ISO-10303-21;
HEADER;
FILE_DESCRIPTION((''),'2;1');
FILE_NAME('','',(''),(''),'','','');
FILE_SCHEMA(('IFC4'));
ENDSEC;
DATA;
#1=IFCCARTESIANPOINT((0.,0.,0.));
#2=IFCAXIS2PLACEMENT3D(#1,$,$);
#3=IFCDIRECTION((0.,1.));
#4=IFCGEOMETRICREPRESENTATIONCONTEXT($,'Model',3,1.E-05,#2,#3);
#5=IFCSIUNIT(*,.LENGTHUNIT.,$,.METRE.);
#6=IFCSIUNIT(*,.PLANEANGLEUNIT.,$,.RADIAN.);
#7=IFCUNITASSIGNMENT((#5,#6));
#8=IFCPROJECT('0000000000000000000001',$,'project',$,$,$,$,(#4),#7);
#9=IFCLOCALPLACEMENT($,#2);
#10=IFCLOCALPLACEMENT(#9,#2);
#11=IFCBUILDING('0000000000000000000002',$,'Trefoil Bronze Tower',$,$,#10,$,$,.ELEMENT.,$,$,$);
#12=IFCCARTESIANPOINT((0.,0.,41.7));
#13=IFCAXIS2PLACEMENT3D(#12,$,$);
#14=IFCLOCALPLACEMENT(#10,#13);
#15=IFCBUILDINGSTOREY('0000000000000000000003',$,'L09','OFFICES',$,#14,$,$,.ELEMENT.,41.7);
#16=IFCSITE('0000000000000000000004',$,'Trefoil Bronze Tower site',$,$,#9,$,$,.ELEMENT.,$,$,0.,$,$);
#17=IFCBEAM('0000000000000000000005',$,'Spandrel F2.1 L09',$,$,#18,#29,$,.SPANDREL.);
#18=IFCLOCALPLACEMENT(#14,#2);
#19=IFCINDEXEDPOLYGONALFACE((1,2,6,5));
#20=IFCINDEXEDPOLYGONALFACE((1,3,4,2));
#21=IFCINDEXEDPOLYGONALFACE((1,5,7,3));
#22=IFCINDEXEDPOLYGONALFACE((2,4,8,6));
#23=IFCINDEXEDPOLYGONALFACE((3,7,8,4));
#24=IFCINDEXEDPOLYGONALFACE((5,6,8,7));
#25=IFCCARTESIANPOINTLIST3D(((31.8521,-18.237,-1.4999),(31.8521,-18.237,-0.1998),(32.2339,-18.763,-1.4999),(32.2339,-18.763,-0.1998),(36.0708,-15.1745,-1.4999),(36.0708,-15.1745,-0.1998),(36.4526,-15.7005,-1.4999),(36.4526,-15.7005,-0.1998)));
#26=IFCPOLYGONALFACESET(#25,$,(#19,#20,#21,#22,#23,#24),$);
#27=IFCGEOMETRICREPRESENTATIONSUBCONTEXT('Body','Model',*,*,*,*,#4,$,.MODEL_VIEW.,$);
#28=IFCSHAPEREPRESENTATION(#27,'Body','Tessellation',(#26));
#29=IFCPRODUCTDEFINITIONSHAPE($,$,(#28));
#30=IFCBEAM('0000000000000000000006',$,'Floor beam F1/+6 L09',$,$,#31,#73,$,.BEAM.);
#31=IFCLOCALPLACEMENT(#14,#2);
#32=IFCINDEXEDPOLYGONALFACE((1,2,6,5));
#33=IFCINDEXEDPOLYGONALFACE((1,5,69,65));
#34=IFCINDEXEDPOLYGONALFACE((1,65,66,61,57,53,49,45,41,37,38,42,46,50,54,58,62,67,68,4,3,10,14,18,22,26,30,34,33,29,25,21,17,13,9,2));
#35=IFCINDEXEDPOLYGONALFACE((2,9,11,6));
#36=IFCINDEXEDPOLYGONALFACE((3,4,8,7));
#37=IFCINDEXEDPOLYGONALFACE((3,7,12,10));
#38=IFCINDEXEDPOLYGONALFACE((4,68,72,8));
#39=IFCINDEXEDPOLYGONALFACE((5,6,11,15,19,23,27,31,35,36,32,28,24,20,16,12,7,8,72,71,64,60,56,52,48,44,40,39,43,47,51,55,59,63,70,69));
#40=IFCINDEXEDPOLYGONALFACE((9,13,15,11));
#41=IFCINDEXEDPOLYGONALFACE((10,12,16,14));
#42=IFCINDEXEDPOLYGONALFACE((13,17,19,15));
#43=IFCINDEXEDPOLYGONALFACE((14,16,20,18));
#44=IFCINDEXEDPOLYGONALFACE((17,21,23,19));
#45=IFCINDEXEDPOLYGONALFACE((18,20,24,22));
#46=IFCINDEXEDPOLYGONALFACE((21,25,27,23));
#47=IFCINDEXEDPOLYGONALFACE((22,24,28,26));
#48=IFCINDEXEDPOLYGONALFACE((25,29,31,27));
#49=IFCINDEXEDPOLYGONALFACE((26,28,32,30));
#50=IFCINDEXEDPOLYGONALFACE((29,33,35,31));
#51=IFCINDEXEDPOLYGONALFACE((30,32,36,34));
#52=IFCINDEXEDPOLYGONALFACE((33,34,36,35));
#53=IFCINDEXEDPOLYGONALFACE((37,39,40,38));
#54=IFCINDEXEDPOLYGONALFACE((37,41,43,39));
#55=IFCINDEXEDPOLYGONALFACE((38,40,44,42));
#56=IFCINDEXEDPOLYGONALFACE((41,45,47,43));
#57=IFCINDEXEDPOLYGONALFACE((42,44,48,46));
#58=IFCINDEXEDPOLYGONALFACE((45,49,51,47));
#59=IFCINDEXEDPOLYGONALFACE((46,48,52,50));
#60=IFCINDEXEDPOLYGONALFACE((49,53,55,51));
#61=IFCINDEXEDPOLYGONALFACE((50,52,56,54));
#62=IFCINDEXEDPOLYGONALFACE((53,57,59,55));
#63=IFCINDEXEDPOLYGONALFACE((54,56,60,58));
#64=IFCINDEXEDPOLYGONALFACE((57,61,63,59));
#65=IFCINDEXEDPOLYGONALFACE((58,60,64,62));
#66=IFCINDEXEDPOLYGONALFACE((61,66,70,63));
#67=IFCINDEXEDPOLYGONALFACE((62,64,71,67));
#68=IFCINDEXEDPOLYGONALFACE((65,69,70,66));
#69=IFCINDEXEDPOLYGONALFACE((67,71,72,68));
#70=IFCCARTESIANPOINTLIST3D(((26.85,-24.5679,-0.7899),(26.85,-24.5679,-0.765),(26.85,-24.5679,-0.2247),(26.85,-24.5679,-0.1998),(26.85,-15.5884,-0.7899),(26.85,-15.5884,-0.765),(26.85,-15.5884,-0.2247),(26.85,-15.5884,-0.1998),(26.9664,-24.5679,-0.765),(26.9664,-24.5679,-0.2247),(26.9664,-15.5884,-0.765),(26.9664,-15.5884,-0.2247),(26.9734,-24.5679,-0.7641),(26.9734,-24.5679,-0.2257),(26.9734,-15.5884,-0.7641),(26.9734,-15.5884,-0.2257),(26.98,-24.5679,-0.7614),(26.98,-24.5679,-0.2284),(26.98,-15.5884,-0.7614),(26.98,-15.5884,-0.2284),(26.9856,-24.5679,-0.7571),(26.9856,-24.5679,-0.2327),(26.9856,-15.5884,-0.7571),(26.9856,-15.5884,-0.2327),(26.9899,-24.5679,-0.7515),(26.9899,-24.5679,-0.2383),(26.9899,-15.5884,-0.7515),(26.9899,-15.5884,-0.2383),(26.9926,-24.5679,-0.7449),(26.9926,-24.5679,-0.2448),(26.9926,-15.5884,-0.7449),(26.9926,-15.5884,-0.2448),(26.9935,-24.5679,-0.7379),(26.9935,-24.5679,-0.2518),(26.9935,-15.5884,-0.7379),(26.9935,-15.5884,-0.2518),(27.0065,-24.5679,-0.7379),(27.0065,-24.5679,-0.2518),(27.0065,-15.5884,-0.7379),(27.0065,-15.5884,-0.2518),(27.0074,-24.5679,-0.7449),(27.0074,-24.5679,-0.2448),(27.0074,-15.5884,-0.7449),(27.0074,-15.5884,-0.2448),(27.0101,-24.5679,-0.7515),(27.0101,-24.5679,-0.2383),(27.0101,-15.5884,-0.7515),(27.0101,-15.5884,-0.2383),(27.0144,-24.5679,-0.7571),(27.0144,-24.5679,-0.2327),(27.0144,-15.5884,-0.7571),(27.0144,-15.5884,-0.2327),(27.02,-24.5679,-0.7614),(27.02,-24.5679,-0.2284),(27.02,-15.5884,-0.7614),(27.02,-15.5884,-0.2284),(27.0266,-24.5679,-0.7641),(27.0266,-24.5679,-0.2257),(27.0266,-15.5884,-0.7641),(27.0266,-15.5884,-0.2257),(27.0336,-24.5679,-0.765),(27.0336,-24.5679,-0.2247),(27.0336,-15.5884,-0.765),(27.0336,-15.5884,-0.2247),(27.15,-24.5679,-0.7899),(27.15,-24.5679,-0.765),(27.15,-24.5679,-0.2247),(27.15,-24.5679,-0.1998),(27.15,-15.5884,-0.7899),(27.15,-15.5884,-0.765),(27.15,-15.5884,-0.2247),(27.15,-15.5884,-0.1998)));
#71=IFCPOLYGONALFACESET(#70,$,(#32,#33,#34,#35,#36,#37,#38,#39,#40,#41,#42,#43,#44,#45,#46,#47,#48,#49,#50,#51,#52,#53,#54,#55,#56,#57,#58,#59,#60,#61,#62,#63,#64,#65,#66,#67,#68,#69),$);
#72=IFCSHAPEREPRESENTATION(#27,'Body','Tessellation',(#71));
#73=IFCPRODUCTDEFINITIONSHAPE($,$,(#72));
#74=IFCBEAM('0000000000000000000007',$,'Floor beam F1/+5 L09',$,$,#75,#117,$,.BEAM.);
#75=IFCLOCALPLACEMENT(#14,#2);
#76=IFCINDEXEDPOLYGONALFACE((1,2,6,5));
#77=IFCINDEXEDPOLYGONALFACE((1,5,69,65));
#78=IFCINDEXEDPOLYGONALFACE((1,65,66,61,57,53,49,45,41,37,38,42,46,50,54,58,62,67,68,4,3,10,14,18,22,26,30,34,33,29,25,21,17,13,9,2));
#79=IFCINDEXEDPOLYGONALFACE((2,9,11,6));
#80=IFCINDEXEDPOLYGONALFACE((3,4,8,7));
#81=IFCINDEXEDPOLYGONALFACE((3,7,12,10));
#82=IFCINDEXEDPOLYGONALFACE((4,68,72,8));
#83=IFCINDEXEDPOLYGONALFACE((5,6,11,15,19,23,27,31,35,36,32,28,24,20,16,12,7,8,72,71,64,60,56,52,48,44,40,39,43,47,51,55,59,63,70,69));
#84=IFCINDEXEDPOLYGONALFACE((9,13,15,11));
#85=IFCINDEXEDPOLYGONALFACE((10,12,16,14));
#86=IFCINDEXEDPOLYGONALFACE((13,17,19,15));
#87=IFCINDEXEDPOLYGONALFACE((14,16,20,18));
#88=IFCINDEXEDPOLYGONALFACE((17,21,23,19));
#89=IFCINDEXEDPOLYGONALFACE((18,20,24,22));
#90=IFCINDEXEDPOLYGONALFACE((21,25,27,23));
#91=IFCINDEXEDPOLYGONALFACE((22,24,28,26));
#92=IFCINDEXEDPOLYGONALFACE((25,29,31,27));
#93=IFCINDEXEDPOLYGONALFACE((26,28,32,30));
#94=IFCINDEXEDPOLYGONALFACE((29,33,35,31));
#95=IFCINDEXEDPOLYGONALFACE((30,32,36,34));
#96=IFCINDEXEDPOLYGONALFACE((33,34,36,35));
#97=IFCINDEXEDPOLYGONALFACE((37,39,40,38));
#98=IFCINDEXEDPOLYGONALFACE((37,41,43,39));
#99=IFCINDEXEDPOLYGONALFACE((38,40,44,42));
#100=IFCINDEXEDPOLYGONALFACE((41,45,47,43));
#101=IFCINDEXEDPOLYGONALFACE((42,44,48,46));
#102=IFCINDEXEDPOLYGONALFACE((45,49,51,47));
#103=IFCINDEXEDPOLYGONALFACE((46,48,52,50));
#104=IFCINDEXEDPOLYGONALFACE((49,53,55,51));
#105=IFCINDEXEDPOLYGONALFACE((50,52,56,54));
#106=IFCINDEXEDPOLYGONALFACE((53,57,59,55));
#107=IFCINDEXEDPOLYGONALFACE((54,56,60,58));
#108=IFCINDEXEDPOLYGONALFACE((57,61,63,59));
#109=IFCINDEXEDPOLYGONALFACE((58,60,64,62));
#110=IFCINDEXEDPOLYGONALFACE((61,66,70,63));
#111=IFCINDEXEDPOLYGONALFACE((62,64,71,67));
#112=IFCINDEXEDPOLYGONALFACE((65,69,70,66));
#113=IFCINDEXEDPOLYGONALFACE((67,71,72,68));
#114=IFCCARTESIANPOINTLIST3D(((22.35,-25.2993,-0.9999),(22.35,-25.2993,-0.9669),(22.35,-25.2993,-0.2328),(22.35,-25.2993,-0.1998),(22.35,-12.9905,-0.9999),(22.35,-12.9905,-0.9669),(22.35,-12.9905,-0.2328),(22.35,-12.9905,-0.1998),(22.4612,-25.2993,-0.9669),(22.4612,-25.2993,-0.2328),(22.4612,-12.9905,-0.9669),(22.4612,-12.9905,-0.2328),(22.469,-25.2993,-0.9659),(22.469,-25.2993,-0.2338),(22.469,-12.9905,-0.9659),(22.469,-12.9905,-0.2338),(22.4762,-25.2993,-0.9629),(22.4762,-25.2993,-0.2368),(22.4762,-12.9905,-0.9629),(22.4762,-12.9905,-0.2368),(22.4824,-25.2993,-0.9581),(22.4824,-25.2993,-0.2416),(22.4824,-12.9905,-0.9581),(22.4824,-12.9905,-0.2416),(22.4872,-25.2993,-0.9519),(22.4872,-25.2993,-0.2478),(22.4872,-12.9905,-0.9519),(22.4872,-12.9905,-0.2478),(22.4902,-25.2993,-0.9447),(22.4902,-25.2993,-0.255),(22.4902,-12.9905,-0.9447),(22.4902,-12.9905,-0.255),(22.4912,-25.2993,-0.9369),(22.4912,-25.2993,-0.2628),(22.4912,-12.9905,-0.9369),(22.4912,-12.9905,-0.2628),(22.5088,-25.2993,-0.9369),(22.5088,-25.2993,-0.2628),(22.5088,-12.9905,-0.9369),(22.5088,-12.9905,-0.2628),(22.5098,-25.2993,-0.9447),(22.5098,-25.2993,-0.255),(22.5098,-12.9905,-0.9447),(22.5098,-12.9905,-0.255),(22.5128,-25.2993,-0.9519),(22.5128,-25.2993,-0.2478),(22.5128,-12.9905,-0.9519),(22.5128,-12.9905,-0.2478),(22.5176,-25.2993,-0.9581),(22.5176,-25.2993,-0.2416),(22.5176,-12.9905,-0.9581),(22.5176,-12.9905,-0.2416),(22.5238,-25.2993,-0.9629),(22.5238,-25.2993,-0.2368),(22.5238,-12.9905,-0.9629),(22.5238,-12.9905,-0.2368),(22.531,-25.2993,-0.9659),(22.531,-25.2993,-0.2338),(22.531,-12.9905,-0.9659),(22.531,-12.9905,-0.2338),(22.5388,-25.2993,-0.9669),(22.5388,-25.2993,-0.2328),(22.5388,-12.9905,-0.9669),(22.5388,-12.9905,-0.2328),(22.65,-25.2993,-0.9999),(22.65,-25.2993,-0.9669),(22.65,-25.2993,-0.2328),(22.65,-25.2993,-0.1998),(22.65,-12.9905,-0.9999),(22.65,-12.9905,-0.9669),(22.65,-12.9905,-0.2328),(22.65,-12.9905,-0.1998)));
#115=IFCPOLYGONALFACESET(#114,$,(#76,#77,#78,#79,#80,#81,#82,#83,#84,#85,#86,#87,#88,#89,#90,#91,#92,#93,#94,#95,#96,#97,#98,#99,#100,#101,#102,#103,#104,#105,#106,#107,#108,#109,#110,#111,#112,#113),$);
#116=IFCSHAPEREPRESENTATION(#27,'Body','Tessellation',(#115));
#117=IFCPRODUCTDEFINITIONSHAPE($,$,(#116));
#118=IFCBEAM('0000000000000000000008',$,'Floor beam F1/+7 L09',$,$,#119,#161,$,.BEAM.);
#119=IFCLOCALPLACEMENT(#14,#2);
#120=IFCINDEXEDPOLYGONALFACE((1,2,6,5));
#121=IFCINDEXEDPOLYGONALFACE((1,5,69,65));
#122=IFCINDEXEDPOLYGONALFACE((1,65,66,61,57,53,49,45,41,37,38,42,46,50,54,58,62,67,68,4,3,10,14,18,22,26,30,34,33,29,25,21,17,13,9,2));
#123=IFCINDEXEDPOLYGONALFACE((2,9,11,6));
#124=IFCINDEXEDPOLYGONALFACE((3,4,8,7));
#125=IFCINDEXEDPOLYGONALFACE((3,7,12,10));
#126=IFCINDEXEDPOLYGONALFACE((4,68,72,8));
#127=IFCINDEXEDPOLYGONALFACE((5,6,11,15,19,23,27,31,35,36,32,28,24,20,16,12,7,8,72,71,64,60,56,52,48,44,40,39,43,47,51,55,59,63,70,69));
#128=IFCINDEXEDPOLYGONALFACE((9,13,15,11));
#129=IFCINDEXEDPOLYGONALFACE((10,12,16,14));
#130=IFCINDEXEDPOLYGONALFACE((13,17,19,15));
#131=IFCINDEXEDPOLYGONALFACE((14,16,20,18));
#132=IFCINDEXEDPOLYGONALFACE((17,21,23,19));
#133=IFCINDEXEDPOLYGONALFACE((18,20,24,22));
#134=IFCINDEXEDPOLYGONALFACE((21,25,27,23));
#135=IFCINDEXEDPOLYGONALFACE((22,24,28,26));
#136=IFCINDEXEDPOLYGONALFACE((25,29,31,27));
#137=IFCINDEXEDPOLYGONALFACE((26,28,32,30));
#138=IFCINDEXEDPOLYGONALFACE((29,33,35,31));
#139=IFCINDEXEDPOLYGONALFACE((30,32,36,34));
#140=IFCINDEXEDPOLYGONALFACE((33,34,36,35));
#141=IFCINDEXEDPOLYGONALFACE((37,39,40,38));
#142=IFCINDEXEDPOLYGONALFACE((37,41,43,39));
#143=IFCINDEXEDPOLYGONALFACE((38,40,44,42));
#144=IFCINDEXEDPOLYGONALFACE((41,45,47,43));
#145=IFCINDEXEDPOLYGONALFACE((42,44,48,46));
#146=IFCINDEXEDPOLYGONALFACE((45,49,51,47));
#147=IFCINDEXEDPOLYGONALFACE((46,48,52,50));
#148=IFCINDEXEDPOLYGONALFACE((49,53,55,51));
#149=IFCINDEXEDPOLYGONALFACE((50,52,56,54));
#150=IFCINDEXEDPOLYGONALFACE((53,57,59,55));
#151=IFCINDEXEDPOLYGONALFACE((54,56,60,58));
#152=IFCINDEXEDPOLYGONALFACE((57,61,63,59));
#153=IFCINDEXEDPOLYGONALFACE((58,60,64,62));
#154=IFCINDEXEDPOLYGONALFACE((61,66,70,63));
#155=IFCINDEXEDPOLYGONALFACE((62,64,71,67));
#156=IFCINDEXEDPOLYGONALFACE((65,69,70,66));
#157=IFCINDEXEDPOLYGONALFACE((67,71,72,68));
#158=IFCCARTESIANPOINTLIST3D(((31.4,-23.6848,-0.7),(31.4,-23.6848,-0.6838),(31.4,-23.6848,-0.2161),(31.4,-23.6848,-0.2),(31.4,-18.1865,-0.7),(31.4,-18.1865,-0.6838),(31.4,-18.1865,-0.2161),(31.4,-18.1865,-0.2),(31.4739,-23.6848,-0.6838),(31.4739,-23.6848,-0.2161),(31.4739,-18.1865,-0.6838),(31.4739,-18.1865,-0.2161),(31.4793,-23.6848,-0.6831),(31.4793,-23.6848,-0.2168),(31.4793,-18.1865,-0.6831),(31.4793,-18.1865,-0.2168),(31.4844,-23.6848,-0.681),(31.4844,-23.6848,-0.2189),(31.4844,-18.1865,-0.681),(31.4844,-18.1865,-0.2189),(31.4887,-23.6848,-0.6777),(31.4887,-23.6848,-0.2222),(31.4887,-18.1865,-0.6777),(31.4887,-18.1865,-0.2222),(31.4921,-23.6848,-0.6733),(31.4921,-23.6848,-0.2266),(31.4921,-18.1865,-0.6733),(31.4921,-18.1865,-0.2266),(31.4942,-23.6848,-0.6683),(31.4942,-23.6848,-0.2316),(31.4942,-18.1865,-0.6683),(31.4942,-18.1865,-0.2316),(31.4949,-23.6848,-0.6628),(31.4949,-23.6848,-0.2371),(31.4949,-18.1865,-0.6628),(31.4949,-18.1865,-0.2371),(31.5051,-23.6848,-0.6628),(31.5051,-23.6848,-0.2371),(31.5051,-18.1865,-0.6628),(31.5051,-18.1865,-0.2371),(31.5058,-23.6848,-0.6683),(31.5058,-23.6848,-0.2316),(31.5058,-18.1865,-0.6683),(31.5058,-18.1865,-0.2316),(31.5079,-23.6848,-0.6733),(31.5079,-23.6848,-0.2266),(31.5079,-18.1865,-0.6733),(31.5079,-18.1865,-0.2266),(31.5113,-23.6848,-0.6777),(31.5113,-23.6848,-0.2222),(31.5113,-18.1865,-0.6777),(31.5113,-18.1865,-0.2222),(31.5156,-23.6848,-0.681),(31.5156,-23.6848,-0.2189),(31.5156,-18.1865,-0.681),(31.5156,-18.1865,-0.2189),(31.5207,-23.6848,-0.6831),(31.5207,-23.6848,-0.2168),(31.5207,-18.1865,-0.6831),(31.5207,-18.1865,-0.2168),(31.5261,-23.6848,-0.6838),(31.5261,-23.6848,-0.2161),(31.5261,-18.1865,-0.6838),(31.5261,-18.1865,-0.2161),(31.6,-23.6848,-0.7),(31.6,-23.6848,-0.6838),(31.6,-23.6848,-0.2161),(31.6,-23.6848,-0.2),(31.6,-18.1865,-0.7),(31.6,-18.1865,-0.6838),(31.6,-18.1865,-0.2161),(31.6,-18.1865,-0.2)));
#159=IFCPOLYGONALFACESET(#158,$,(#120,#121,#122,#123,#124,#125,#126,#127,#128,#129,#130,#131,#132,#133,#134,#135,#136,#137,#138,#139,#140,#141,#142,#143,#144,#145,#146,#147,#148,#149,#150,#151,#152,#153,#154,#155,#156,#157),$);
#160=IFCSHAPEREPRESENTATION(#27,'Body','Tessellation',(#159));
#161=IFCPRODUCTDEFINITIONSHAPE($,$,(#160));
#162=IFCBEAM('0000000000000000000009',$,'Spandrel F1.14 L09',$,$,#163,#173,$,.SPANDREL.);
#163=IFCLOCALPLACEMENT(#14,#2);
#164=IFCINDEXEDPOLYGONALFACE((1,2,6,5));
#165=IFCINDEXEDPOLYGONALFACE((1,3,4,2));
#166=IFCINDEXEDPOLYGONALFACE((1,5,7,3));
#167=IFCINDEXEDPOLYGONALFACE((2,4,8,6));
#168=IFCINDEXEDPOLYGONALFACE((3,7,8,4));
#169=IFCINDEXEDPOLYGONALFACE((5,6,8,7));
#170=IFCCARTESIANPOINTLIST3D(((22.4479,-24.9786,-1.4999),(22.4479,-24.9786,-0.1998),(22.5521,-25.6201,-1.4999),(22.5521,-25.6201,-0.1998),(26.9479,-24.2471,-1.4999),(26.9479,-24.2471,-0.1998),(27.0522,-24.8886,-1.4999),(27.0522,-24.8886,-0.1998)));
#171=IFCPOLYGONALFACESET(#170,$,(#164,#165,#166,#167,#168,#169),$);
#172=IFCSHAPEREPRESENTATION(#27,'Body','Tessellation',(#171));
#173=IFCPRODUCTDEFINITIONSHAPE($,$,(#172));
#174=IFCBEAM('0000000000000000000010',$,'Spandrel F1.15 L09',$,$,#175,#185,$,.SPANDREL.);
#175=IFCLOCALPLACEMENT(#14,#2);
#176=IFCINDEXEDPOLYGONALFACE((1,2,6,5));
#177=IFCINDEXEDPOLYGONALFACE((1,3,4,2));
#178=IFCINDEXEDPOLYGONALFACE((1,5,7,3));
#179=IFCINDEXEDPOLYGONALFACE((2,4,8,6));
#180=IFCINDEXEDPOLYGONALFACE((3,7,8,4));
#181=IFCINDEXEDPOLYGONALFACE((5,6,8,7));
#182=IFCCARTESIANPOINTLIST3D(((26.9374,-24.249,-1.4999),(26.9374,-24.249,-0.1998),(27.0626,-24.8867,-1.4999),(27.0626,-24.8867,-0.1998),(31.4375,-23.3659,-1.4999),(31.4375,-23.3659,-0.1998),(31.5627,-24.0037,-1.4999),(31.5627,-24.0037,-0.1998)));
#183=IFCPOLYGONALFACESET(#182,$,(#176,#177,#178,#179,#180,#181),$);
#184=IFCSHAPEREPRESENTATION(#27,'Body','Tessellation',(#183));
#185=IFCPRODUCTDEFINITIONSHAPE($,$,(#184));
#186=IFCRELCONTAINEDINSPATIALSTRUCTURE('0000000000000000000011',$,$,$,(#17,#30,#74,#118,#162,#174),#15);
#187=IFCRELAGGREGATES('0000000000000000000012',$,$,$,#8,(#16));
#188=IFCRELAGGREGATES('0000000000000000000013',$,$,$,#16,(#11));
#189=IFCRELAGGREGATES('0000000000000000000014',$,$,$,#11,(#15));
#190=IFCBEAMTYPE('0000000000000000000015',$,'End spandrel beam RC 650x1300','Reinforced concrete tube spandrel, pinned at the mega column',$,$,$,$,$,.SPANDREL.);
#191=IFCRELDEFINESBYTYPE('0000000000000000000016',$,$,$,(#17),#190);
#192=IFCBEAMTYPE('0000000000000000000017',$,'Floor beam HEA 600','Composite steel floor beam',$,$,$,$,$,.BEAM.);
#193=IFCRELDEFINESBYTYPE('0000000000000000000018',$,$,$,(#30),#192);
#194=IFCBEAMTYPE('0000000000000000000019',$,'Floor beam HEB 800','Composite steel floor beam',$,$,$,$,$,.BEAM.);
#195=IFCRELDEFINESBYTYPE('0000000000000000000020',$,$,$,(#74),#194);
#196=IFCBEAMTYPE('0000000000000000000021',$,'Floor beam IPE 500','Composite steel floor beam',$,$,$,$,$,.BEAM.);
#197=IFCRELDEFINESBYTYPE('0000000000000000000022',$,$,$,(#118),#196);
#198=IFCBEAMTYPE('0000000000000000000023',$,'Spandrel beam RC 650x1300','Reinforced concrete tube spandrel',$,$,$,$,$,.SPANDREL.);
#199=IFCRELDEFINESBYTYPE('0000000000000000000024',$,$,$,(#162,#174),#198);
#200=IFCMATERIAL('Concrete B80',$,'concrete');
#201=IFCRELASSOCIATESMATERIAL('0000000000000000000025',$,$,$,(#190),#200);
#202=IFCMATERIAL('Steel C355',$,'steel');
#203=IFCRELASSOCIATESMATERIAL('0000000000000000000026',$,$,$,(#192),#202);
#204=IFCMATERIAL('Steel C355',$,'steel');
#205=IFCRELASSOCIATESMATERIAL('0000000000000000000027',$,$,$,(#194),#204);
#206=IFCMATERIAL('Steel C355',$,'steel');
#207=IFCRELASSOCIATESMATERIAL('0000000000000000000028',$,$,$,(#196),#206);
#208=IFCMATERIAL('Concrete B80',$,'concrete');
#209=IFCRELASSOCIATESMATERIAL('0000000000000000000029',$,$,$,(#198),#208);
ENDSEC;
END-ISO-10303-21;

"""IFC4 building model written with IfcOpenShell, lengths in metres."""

from ifc_helpers import new_model, si_unit, direction, frame, origin, origin_2d, place, context, subcontext, project, spatial, rectangle, i_section, extrude, material, material_profile, profile_set, type_object, element, save


model = new_model("IFC4")

# Units and contexts
model_context = context("Model", 3, precision=1e-05, world=origin(), true_north=direction((0.0, 1.0)))
body_context = subcontext(model_context, "Body", "Model", "MODEL_VIEW")
ifc_project = project(units=[si_unit("LENGTHUNIT", "METRE"), si_unit("PLANEANGLEUNIT", "RADIAN")], contexts=[model_context])

# Site, building, storey
site_placement = place(None, origin())
site = spatial("IfcSite", under=ifc_project, at=site_placement, Name="Trefoil Bronze Tower site", CompositionType="ELEMENT", RefElevation=0.0)
building_placement = place(site_placement, origin())
building = spatial("IfcBuilding", under=site, at=building_placement, Name="Trefoil Bronze Tower", CompositionType="ELEMENT")
storey_placement = place(building_placement, frame((0.0, 0.0, 41.7)))
storey = spatial("IfcBuildingStorey", under=building, at=storey_placement, Name="L09", Description="OFFICES", CompositionType="ELEMENT", Elevation=41.7)

# Beams
ifc_material_1 = material(Name="Concrete B80", Category="concrete")
ifc_material_profile_1 = material_profile(ifc_material_1, rectangle(XDim=0.6499, YDim=1.3, at=origin_2d()), Name="RC 650x1300")
ifc_profile_set_1 = profile_set([ifc_material_profile_1], Name="Concrete B80")
beam_type_1 = type_object("IfcBeamType", Name="End spandrel beam RC 650x1300", Description="Reinforced concrete tube spandrel, pinned at the mega column", PredefinedType="SPANDREL", material=ifc_profile_set_1)
for number, where, z_axis, x_axis, name in (
    (1, (32.043, -18.5, -0.8499), (0.809254, 0.587459, 0.0), (-0.587459, 0.809254, 0.0), "Spandrel F2.1 L09"),
):
    element("IfcBeam", number, at=place(storey_placement, frame(where, z_axis=z_axis, x_axis=x_axis)), inside=storey, type_object=beam_type_1, Name=name, PredefinedType="SPANDREL", context=body_context, shape_type="SweptSolid", body=[
        extrude(rectangle(XDim=0.6499, YDim=1.3, at=origin_2d()), origin(), (0.0, 0.0, 1.0), 5.2131),
    ])
ifc_material_2 = material(Name="Steel C355", Category="steel")
ifc_material_profile_2 = material_profile(ifc_material_2, i_section(OverallWidth=0.3, OverallDepth=0.5901, WebThickness=0.0129, FlangeThickness=0.0249, FilletRadius=0.0271, at=origin_2d()), Name="HEA 600")
ifc_profile_set_2 = profile_set([ifc_material_profile_2], Name="Steel C355")
beam_type_2 = type_object("IfcBeamType", Name="Floor beam HEA 600", Description="Composite steel floor beam", PredefinedType="BEAM", material=ifc_profile_set_2)
beam_1_placement = place(storey_placement, frame((27.0, -24.5679, -0.4949), z_axis=(0.0, 1.0, 0.0), x_axis=(-1.0, 0.0, 0.0)))
element("IfcBeam", 2, at=beam_1_placement, inside=storey, type_object=beam_type_2, Name="Floor beam F1/+6 L09", PredefinedType="BEAM", context=body_context, shape_type="SweptSolid", body=[
    extrude(i_section(OverallWidth=0.3, OverallDepth=0.5901, WebThickness=0.0129, FlangeThickness=0.0249, FilletRadius=0.0271, at=origin_2d()), origin(), (0.0, 0.0, 1.0), 8.9795),
])
ifc_material_3 = material(Name="Steel C355", Category="steel")
ifc_material_profile_3 = material_profile(ifc_material_3, i_section(OverallWidth=0.3, OverallDepth=0.8, WebThickness=0.0176, FlangeThickness=0.033, FilletRadius=0.03, at=origin_2d()), Name="HEB 800")
ifc_profile_set_3 = profile_set([ifc_material_profile_3], Name="Steel C355")
beam_type_3 = type_object("IfcBeamType", Name="Floor beam HEB 800", Description="Composite steel floor beam", PredefinedType="BEAM", material=ifc_profile_set_3)
beam_2_placement = place(storey_placement, frame((22.5, -25.2993, -0.5999), z_axis=(0.0, 1.0, 0.0), x_axis=(-1.0, 0.0, 0.0)))
element("IfcBeam", 3, at=beam_2_placement, inside=storey, type_object=beam_type_3, Name="Floor beam F1/+5 L09", PredefinedType="BEAM", context=body_context, shape_type="SweptSolid", body=[
    extrude(i_section(OverallWidth=0.3, OverallDepth=0.8, WebThickness=0.0176, FlangeThickness=0.033, FilletRadius=0.03, at=origin_2d()), origin(), (0.0, 0.0, 1.0), 12.3088),
])
ifc_material_4 = material(Name="Steel C355", Category="steel")
ifc_material_profile_4 = material_profile(ifc_material_4, i_section(OverallWidth=0.2, OverallDepth=0.5, WebThickness=0.0103, FlangeThickness=0.0161, FilletRadius=0.021, at=origin_2d()), Name="IPE 500")
ifc_profile_set_4 = profile_set([ifc_material_profile_4], Name="Steel C355")
beam_type_4 = type_object("IfcBeamType", Name="Floor beam IPE 500", Description="Composite steel floor beam", PredefinedType="BEAM", material=ifc_profile_set_4)
beam_3_placement = place(storey_placement, frame((31.5, -23.6848, -0.45), z_axis=(0.0, 1.0, 0.0), x_axis=(-1.0, 0.0, 0.0)))
element("IfcBeam", 4, at=beam_3_placement, inside=storey, type_object=beam_type_4, Name="Floor beam F1/+7 L09", PredefinedType="BEAM", context=body_context, shape_type="SweptSolid", body=[
    extrude(i_section(OverallWidth=0.2, OverallDepth=0.5, WebThickness=0.0103, FlangeThickness=0.0161, FilletRadius=0.021, at=origin_2d()), origin(), (0.0, 0.0, 1.0), 5.4983),
])
ifc_material_5 = material(Name="Concrete B80", Category="concrete")
ifc_material_profile_5 = material_profile(ifc_material_5, rectangle(XDim=0.6499, YDim=1.3, at=origin_2d()), Name="RC 650x1300")
ifc_profile_set_5 = profile_set([ifc_material_profile_5], Name="Concrete B80")
beam_type_5 = type_object("IfcBeamType", Name="Spandrel beam RC 650x1300", Description="Reinforced concrete tube spandrel", PredefinedType="SPANDREL", material=ifc_profile_set_5)
beam_4_placement = place(storey_placement, frame((22.5, -25.2993, -0.8499), z_axis=(0.987046, 0.160438, 0.0), x_axis=(-0.160438, 0.987046, 0.0)))
element("IfcBeam", 5, at=beam_4_placement, inside=storey, type_object=beam_type_5, Name="Spandrel F1.14 L09", PredefinedType="SPANDREL", context=body_context, shape_type="SweptSolid", body=[
    extrude(rectangle(XDim=0.6499, YDim=1.3, at=origin_2d()), origin(), (0.0, 0.0, 1.0), 4.5591),
])
beam_5_placement = place(storey_placement, frame((27.0, -24.5679, -0.8499), z_axis=(0.981285, 0.192562, 0.0), x_axis=(-0.192562, 0.981285, 0.0)))
element("IfcBeam", 6, at=beam_5_placement, inside=storey, type_object=beam_type_5, Name="Spandrel F1.15 L09", PredefinedType="SPANDREL", context=body_context, shape_type="SweptSolid", body=[
    extrude(rectangle(XDim=0.6499, YDim=1.3, at=origin_2d()), origin(), (0.0, 0.0, 1.0), 4.5859),
])

save(model, "model.ifc")
